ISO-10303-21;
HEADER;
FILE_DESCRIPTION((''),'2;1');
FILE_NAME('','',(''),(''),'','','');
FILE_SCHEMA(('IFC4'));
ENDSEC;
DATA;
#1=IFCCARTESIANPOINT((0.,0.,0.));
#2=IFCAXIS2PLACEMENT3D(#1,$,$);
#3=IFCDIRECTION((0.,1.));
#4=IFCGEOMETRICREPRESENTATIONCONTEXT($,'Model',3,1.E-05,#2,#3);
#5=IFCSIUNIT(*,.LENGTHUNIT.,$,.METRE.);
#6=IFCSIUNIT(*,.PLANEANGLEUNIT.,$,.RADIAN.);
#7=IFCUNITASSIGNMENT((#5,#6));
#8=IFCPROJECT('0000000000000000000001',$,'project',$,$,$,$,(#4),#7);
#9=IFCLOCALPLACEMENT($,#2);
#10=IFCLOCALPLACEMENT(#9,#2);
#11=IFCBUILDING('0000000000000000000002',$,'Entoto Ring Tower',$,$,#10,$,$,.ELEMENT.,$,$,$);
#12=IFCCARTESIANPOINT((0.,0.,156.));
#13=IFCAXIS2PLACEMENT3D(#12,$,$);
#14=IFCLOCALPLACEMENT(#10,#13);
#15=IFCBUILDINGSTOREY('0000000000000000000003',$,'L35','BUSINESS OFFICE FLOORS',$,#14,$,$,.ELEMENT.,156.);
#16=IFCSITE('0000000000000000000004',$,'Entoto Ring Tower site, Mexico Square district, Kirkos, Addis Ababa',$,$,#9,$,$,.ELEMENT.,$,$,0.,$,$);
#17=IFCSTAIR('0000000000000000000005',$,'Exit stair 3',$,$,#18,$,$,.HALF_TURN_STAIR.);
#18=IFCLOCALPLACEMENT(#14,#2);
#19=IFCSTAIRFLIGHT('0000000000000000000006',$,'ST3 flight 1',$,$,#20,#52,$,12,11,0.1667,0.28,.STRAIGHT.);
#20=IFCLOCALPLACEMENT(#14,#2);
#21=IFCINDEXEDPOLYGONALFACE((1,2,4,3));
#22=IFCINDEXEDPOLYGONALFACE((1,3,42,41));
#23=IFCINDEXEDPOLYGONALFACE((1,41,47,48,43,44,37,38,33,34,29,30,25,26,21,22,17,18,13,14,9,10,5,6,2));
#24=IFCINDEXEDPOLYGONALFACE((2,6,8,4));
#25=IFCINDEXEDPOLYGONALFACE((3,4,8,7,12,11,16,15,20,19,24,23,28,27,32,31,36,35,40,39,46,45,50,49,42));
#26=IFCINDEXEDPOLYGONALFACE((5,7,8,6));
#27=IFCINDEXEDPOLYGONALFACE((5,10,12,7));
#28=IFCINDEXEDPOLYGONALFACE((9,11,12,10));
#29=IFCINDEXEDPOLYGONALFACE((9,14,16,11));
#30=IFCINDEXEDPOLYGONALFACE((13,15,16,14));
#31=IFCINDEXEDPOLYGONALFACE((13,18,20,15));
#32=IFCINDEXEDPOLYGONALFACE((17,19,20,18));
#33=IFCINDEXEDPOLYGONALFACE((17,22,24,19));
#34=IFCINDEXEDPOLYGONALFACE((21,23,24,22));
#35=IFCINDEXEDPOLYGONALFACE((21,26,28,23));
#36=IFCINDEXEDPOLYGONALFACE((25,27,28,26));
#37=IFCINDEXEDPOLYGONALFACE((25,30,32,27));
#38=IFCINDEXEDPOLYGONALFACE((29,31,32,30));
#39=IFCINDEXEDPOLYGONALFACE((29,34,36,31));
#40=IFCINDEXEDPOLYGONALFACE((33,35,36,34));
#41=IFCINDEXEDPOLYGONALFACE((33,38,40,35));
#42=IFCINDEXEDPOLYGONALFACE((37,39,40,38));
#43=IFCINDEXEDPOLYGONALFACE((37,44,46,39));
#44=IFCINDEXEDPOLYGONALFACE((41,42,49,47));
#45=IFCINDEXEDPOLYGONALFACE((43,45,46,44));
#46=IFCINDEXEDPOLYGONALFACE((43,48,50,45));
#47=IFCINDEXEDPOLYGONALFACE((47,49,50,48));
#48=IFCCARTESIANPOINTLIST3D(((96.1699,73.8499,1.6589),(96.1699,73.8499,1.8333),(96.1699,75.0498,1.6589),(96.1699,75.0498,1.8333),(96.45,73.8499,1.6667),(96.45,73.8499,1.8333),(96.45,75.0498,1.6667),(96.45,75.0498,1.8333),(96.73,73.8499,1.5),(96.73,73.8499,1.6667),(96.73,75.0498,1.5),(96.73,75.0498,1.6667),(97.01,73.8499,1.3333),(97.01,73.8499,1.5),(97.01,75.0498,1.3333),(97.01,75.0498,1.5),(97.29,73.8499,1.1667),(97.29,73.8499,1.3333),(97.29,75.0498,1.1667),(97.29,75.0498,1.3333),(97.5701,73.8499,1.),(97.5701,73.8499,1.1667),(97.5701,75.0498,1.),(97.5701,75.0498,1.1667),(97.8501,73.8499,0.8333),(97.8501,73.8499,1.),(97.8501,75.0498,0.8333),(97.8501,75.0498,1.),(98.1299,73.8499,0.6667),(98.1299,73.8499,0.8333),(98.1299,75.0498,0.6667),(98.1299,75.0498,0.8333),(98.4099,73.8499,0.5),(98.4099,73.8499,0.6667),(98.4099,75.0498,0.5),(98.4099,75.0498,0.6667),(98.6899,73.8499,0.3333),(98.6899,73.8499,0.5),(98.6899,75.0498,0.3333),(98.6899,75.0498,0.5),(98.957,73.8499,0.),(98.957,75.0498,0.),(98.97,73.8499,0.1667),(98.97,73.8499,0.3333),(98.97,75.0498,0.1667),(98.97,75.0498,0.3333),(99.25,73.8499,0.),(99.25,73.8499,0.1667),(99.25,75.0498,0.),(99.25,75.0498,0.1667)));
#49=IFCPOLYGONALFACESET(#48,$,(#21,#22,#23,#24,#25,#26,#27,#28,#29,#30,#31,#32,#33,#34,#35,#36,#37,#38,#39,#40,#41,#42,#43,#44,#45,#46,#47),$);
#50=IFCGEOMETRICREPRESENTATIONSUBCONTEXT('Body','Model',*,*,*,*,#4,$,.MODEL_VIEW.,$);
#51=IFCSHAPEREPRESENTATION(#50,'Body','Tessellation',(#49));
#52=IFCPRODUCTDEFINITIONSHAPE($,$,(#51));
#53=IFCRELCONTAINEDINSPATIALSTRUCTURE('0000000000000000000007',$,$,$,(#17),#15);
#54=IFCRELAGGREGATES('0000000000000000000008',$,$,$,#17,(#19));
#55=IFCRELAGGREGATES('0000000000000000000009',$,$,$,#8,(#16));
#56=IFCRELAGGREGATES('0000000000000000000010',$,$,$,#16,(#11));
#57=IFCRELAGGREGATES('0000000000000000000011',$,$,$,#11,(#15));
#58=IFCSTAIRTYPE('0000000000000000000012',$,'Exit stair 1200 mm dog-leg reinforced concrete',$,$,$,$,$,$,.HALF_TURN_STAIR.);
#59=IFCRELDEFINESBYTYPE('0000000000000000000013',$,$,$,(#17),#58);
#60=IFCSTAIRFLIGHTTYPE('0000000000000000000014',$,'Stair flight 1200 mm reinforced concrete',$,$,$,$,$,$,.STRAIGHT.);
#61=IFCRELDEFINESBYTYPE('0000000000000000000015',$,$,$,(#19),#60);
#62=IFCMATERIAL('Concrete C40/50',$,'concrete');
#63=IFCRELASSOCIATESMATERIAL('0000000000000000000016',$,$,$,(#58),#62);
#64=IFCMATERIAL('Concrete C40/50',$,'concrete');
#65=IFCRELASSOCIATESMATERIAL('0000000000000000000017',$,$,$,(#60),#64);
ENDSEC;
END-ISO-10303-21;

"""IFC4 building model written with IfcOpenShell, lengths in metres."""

from ifc_helpers import new_model, si_unit, direction, frame, origin, place, context, subcontext, project, spatial, polyline, outline, extrude, material, type_object, element, aggregate, save


model = new_model("IFC4")

# Units and contexts
model_context = context("Model", 3, precision=1e-05, world=origin(), true_north=direction((0.0, 1.0)))
body_context = subcontext(model_context, "Body", "Model", "MODEL_VIEW")
ifc_project = project(units=[si_unit("LENGTHUNIT", "METRE"), si_unit("PLANEANGLEUNIT", "RADIAN")], contexts=[model_context])

# Site, building, storey
site_placement = place(None, origin())
site = spatial("IfcSite", under=ifc_project, at=site_placement, Name="Entoto Ring Tower site, Mexico Square district, Kirkos, Addis Ababa", CompositionType="ELEMENT", RefElevation=0.0)
building_placement = place(site_placement, origin())
building = spatial("IfcBuilding", under=site, at=building_placement, Name="Entoto Ring Tower", CompositionType="ELEMENT")
storey_placement = place(building_placement, frame((0.0, 0.0, 156.0)))
storey = spatial("IfcBuildingStorey", under=building, at=storey_placement, Name="L35", Description="BUSINESS OFFICE FLOORS", CompositionType="ELEMENT", Elevation=156.0)

# Stair, stair flight
ifc_material_1 = material(Name="Concrete C40/50", Category="concrete")
stair_type = type_object("IfcStairType", Name="Exit stair 1200 mm dog-leg reinforced concrete", PredefinedType="HALF_TURN_STAIR", material=ifc_material_1)
stair_placement = place(storey_placement, origin())
stair = element("IfcStair", 1, at=stair_placement, inside=storey, type_object=stair_type, Name="Exit stair 3", PredefinedType="HALF_TURN_STAIR")
ifc_material_2 = material(Name="Concrete C40/50", Category="concrete")
stair_flight_type = type_object("IfcStairFlightType", Name="Stair flight 1200 mm reinforced concrete", PredefinedType="STRAIGHT", material=ifc_material_2)
stair_flight_placement = place(storey_placement, frame((99.25, 74.45, 0.0), z_axis=(0.0, 0.0, 1.0), x_axis=(-1.0, 0.0, 0.0)))
stair_flight = element("IfcStairFlight", 2, at=stair_flight_placement, type_object=stair_flight_type, Name="ST3 flight 1", NumberOfRisers=12, NumberOfTreads=11, PredefinedType="STRAIGHT", RiserHeight=0.1667, TreadLength=0.28, context=body_context, shape_type="SweptSolid", body=[
    extrude(outline(polyline([(0.0, 0.0), (0.0, 0.1667), (0.28, 0.1667), (0.28, 0.3333), (0.5601, 0.3333), (0.5601, 0.5), (0.8401, 0.5), (0.8401, 0.6667), (1.1201, 0.6667), (1.1201, 0.8333), (1.3999, 0.8333), (1.3999, 1.0), (1.6799, 1.0), (1.6799, 1.1667), (1.96, 1.1667), (1.96, 1.3333), (2.24, 1.3333), (2.24, 1.5), (2.52, 1.5), (2.52, 1.6667), (2.8, 1.6667), (2.8, 1.8333), (3.0801, 1.8333), (3.0801, 2.0), (3.0801, 1.6589), (0.293, 0.0), (0.0, 0.0)])), frame((0.0, 0.6001, 0.0), z_axis=(0.0, -1.0, 0.0), x_axis=(1.0, 0.0, 0.0)), (0.0, 0.0, 1.0), 1.2),
])
aggregate(stair, [stair_flight])

save(model, "model.ifc")
